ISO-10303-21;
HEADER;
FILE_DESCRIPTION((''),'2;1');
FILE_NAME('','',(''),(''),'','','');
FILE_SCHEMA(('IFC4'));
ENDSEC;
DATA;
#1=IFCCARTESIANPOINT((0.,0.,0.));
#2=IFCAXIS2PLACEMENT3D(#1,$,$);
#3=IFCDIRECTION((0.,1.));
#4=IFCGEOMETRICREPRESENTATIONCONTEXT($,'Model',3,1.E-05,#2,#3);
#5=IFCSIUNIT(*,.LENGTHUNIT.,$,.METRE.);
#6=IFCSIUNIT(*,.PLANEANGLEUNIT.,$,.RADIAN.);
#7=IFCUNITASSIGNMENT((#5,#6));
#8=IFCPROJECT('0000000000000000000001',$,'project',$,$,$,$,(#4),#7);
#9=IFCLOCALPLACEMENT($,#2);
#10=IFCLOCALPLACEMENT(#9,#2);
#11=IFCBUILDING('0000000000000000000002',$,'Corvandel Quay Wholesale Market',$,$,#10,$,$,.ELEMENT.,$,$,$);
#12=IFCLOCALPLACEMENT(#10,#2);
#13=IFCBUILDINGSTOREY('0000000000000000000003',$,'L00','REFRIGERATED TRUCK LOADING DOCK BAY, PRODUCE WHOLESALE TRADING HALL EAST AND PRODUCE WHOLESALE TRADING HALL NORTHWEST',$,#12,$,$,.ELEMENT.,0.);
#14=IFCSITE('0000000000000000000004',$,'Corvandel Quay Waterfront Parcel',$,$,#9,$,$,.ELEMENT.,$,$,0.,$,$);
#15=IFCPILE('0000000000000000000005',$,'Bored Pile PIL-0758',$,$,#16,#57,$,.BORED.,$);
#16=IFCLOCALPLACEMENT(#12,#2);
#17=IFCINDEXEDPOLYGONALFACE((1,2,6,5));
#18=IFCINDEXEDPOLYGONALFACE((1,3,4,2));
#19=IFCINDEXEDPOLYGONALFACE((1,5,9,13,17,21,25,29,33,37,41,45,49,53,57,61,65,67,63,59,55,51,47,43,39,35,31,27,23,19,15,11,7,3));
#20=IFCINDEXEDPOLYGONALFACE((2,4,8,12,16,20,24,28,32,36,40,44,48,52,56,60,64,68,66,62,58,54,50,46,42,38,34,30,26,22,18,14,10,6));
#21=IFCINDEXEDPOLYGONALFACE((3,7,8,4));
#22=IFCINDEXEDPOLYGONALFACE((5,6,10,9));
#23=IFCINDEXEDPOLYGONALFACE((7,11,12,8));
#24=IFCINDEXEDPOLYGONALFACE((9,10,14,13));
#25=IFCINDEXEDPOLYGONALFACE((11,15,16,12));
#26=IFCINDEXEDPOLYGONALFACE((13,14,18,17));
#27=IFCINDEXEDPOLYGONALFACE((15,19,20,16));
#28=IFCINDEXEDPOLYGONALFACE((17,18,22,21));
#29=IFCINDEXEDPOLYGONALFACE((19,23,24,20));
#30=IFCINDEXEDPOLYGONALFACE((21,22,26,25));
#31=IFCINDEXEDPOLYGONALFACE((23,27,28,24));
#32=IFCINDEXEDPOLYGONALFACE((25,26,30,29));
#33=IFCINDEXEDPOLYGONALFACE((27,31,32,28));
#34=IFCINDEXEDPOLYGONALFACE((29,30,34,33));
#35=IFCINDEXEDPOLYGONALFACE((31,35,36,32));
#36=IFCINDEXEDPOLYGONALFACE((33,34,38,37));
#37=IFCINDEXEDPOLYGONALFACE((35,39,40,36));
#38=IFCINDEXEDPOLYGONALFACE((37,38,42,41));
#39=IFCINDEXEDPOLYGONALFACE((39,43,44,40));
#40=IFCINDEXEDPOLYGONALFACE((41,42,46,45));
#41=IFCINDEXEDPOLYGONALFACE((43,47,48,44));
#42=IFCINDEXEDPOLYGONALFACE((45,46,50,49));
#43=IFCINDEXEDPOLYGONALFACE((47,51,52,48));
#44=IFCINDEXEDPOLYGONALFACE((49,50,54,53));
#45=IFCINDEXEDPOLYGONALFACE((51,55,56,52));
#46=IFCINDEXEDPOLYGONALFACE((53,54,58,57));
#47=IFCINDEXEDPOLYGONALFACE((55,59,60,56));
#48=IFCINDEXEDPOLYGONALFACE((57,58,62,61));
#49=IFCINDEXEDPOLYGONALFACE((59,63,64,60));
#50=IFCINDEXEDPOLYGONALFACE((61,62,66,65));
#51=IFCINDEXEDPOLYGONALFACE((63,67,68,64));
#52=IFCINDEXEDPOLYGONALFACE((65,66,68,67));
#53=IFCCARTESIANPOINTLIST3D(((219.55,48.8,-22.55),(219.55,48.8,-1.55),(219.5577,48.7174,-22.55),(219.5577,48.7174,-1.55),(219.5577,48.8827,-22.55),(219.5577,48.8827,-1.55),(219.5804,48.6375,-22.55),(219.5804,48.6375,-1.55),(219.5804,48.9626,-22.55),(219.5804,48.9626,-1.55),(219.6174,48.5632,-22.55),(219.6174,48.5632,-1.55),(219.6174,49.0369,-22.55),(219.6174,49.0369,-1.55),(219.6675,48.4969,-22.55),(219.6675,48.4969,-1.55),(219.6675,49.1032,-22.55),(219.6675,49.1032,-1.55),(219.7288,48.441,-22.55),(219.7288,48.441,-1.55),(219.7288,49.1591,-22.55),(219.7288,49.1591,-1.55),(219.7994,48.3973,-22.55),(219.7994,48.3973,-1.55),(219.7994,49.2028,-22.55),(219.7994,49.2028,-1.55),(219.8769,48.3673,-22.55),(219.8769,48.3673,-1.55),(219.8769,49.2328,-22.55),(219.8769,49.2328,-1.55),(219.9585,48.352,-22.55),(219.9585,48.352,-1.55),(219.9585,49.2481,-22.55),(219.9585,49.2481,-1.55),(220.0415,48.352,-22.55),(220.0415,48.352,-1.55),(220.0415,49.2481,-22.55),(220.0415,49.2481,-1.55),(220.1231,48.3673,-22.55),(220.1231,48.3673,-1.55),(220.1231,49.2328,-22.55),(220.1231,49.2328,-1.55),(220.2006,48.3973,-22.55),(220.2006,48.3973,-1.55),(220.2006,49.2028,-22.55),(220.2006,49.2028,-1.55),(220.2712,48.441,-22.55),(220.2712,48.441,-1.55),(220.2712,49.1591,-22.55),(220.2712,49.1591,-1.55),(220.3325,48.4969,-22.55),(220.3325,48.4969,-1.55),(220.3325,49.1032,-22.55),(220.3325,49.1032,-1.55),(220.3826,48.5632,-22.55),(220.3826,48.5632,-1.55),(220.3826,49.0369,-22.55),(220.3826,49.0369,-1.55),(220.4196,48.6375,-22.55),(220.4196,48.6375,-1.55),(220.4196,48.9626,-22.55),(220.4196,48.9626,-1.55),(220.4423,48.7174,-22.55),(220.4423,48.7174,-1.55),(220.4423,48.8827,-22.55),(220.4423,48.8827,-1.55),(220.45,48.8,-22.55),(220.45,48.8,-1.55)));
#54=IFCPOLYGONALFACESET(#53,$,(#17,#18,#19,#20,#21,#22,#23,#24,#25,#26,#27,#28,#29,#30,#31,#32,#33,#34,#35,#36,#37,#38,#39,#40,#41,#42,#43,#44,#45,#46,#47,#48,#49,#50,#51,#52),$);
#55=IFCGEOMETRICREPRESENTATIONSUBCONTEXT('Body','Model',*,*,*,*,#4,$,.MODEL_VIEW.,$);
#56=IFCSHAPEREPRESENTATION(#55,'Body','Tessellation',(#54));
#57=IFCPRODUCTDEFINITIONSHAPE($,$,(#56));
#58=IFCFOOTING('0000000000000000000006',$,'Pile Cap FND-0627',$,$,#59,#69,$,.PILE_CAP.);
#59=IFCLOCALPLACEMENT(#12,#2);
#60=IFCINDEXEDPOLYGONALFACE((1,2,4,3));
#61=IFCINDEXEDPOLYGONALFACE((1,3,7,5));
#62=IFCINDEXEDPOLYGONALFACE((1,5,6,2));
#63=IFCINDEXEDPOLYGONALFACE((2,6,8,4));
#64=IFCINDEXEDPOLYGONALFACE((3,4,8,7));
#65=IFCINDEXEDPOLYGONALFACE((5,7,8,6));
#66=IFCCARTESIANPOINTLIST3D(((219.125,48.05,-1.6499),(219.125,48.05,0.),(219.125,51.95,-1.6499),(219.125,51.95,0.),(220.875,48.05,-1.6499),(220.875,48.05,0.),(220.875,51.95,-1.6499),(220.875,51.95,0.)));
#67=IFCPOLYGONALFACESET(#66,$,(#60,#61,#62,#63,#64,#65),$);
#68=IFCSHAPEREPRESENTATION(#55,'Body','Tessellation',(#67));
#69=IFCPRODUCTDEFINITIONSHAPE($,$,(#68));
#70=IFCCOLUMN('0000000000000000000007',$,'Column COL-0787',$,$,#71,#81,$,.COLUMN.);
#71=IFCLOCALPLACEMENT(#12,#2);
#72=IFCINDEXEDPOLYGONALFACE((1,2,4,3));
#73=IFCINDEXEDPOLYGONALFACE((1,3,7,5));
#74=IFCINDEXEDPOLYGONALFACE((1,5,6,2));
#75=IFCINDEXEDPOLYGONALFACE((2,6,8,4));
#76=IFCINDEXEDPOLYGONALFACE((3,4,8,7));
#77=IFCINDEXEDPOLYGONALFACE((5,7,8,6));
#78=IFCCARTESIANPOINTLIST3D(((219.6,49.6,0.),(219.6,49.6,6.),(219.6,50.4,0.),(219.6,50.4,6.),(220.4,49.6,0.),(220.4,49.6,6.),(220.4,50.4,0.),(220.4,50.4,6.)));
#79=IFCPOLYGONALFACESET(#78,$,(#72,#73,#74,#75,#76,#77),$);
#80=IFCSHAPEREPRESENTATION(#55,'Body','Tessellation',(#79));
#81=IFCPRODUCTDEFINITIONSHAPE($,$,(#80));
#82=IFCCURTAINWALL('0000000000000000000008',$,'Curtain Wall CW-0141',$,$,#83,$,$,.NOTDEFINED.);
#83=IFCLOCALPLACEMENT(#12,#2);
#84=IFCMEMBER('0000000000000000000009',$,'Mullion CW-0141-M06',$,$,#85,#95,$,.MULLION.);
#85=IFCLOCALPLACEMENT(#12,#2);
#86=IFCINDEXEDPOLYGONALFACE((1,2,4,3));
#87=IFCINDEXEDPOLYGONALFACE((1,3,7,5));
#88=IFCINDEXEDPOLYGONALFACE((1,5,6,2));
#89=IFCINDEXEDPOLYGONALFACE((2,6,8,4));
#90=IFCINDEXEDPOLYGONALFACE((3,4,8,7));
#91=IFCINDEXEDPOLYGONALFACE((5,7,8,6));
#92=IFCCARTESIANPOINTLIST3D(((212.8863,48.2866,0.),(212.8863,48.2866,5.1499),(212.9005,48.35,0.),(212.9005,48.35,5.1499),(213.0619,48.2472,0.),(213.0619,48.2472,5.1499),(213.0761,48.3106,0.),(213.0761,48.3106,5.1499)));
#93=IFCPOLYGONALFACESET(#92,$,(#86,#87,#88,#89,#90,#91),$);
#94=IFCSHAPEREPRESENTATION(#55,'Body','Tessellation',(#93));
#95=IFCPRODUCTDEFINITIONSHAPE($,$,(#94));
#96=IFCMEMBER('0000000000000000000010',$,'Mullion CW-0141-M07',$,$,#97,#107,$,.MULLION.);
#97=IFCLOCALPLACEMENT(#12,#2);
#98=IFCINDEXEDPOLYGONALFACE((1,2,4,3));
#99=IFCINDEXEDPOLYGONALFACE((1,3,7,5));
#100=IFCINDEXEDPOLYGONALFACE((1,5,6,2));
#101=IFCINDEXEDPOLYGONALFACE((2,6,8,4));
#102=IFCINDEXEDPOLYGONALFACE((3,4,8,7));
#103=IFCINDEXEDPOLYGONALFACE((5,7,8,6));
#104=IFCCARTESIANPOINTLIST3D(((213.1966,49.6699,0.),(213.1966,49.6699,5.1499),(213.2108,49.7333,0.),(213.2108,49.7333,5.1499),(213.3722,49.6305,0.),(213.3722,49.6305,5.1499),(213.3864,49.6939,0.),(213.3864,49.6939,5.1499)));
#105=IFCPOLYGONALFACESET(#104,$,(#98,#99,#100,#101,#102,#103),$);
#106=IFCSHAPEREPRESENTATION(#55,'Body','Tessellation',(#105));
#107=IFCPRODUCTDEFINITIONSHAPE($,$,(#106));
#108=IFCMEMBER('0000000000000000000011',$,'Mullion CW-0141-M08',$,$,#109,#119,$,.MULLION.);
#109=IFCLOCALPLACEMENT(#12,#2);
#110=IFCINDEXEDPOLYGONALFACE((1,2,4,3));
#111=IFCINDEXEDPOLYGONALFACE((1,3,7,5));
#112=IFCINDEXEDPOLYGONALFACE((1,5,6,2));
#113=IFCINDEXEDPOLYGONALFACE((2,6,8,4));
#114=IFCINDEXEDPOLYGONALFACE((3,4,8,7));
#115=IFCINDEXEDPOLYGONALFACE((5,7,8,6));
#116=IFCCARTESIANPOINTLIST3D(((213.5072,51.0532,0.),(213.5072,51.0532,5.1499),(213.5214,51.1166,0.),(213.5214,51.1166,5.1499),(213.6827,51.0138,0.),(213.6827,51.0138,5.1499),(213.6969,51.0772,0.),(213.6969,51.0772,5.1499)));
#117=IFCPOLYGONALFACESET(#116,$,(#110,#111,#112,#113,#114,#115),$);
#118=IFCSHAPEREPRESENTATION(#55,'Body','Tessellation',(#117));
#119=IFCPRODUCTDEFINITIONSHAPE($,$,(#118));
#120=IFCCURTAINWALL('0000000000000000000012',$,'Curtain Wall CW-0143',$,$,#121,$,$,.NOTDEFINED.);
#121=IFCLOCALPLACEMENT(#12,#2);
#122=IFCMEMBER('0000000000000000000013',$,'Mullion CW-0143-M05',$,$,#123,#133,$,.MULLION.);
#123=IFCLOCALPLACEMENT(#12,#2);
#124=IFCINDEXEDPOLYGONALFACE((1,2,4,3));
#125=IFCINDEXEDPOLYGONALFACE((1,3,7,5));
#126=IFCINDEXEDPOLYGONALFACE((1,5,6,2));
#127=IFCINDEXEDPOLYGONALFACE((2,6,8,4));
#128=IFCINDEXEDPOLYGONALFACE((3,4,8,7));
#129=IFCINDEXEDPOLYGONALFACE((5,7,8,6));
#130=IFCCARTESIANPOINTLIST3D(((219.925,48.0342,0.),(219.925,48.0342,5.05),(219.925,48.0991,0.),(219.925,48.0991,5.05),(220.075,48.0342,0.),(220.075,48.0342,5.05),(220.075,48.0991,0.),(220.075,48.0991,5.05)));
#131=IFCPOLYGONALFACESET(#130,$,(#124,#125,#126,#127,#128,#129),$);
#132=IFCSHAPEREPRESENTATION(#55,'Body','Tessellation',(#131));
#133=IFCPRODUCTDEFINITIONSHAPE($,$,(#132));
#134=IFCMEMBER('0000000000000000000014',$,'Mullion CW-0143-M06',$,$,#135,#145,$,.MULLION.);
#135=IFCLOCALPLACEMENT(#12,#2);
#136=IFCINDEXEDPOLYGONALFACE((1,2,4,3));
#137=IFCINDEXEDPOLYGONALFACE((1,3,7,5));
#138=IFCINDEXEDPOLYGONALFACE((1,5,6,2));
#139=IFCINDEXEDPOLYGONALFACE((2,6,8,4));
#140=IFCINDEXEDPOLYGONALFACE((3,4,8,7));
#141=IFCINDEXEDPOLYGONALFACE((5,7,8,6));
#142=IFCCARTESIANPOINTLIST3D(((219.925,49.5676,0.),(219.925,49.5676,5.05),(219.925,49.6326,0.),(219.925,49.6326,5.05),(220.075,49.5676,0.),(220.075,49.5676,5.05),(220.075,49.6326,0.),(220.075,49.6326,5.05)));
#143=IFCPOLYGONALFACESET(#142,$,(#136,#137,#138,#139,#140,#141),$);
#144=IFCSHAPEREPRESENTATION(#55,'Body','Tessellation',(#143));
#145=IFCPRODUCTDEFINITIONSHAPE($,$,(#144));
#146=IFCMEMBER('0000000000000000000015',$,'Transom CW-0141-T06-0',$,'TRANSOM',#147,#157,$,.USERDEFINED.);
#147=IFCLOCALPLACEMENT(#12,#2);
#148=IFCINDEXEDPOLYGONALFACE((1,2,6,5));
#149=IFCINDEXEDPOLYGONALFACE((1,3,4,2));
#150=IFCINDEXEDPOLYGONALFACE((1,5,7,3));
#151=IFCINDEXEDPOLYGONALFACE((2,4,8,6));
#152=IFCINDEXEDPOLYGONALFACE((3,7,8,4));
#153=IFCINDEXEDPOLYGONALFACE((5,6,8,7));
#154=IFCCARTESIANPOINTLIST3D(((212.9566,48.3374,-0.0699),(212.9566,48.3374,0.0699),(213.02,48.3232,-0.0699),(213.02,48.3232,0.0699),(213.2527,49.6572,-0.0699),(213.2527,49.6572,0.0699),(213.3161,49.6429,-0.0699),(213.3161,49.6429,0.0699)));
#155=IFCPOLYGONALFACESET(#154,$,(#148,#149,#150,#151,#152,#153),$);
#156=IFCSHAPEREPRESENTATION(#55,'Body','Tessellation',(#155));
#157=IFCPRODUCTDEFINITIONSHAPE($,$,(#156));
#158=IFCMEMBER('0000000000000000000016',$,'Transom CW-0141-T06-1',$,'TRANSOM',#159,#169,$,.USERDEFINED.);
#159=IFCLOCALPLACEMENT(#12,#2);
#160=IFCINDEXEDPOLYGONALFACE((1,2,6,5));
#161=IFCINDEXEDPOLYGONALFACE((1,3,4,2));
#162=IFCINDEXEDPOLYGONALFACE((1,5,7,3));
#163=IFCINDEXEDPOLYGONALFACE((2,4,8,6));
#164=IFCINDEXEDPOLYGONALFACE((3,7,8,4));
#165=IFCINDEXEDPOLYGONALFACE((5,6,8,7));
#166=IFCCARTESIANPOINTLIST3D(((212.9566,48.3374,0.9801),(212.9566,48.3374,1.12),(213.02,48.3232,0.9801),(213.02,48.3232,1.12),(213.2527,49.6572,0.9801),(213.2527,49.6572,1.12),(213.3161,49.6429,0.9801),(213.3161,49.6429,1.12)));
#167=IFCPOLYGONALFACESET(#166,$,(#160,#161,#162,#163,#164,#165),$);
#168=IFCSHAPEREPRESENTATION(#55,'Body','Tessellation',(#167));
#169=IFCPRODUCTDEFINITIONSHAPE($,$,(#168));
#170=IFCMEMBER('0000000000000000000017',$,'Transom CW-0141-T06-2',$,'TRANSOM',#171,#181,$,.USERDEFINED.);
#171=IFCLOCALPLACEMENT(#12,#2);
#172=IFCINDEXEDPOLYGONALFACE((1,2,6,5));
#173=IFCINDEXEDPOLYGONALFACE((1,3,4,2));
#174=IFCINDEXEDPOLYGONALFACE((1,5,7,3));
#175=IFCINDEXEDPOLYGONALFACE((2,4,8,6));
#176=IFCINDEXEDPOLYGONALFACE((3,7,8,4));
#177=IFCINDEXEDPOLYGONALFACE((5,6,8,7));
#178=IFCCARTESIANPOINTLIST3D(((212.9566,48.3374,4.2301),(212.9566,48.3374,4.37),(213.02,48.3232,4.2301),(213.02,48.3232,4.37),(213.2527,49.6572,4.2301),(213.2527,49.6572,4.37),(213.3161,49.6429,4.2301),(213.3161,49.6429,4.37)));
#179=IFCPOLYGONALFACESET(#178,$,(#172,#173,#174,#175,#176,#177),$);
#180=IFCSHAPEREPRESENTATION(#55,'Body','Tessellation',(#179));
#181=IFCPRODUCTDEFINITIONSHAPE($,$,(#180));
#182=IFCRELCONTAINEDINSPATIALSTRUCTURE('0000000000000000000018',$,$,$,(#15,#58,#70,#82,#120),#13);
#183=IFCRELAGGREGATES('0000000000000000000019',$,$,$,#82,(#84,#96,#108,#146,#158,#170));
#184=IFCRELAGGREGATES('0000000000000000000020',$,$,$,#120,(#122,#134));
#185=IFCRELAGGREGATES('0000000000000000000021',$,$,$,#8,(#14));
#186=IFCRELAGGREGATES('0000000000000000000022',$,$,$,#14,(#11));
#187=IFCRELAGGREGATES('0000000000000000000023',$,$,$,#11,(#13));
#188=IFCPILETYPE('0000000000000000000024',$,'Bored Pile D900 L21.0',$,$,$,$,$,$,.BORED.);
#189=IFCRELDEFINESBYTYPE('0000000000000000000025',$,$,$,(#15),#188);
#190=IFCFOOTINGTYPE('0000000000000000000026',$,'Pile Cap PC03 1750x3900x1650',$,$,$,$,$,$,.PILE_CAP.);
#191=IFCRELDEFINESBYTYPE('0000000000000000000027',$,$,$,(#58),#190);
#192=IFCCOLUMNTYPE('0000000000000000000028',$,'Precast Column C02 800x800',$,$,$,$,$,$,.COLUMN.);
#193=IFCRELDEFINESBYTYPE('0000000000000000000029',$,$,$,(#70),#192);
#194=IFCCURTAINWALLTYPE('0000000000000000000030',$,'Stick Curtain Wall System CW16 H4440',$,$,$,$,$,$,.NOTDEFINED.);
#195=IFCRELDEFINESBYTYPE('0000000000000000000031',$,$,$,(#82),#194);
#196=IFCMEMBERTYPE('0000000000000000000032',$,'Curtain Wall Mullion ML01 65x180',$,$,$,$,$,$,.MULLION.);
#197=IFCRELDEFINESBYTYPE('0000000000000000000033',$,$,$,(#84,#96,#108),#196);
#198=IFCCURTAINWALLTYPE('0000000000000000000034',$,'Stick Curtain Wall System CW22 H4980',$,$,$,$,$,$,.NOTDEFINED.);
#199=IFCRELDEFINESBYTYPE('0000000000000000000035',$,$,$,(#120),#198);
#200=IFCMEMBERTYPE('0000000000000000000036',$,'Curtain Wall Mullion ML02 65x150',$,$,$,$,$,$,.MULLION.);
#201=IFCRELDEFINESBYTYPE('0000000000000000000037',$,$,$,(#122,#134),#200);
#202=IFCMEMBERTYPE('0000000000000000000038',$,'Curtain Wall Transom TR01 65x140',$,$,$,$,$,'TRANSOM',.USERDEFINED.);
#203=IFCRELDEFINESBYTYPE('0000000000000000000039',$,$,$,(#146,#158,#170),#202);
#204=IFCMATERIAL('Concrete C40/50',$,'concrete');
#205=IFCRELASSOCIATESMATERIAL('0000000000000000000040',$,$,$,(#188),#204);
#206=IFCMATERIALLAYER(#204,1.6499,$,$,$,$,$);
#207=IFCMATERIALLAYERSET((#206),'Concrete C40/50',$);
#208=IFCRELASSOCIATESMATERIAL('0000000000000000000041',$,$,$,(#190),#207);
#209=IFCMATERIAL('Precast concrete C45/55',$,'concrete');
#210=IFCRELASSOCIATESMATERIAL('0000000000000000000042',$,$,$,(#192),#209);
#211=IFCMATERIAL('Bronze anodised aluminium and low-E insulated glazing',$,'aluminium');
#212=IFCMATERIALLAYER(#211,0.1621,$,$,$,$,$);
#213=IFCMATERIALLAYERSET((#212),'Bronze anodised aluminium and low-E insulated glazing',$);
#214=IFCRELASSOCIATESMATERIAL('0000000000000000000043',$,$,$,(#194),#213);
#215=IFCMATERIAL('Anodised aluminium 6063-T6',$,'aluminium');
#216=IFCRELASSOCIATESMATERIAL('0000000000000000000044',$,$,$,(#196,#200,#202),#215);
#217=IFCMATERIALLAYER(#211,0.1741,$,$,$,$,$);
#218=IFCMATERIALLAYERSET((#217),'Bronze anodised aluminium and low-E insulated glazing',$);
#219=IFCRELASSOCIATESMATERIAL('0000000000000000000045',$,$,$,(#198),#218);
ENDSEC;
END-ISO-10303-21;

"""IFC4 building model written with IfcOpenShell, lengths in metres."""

from ifc_helpers import new_model, si_unit, direction, frame, origin, origin_2d, place, context, subcontext, project, spatial, rectangle, circle, extrude, material, layer, layer_set, material_profile, profile_set, type_object, element, aggregate, save


model = new_model("IFC4")

# Units and contexts
model_context = context("Model", 3, precision=1e-05, world=origin(), true_north=direction((0.0, 1.0)))
body_context = subcontext(model_context, "Body", "Model", "MODEL_VIEW")
ifc_project = project(units=[si_unit("LENGTHUNIT", "METRE"), si_unit("PLANEANGLEUNIT", "RADIAN")], contexts=[model_context])

# Site, building, storey
site_placement = place(None, origin())
site = spatial("IfcSite", under=ifc_project, at=site_placement, Name="Corvandel Quay Waterfront Parcel", CompositionType="ELEMENT", RefElevation=0.0)
building_placement = place(site_placement, origin())
building = spatial("IfcBuilding", under=site, at=building_placement, Name="Corvandel Quay Wholesale Market", CompositionType="ELEMENT")
storey_placement = place(building_placement, origin())
storey = spatial("IfcBuildingStorey", under=building, at=storey_placement, Name="L00", Description="REFRIGERATED TRUCK LOADING DOCK BAY, PRODUCE WHOLESALE TRADING HALL EAST AND PRODUCE WHOLESALE TRADING HALL NORTHWEST", CompositionType="ELEMENT", Elevation=0.0)

# Pile
ifc_material_1 = material(Name="Concrete C40/50", Category="concrete")
ifc_material_profile_1 = material_profile(ifc_material_1, circle(Radius=0.45, at=origin_2d()), Name="RC-PILE-D900")
ifc_profile_set_1 = profile_set([ifc_material_profile_1], Name="Concrete C40/50")
pile_type = type_object("IfcPileType", Name="Bored Pile D900 L21.0", PredefinedType="BORED", material=ifc_profile_set_1)
pile_placement = place(storey_placement, frame((220.0, 48.8, -1.55), z_axis=(0.0, 0.0, -1.0), x_axis=(1.0, 0.0, 0.0)))
element("IfcPile", 1, at=pile_placement, inside=storey, type_object=pile_type, Name="Bored Pile PIL-0758", PredefinedType="BORED", context=body_context, shape_type="SweptSolid", body=[
    extrude(circle(Radius=0.45, at=origin_2d()), origin(), (0.0, 0.0, 1.0), 21.0),
])

# Footing
ifc_layer_1 = layer(ifc_material_1, 1.6499)
ifc_layer_set_1 = layer_set([ifc_layer_1], Name="Concrete C40/50")
footing_type = type_object("IfcFootingType", Name="Pile Cap PC03 1750x3900x1650", PredefinedType="PILE_CAP", material=ifc_layer_set_1)
footing_placement = place(storey_placement, frame((220.0, 50.0, -1.6499), z_axis=(0.0, 0.0, 1.0), x_axis=(1.0, 0.0, 0.0)))
element("IfcFooting", 2, at=footing_placement, inside=storey, type_object=footing_type, Name="Pile Cap FND-0627", PredefinedType="PILE_CAP", context=body_context, shape_type="SweptSolid", body=[
    extrude(rectangle(XDim=1.75, YDim=3.8999, at=origin_2d()), origin(), (0.0, 0.0, 1.0), 1.6499),
])

# Column
ifc_material_2 = material(Name="Precast concrete C45/55", Category="concrete")
ifc_material_profile_2 = material_profile(ifc_material_2, rectangle(XDim=0.8, YDim=0.8, at=origin_2d()), Name="PC-COL-800x800")
ifc_profile_set_2 = profile_set([ifc_material_profile_2], Name="Precast concrete C45/55")
column_type = type_object("IfcColumnType", Name="Precast Column C02 800x800", PredefinedType="COLUMN", material=ifc_profile_set_2)
column_placement = place(storey_placement, frame((220.0, 50.0, 0.0), z_axis=(0.0, 0.0, 1.0), x_axis=(1.0, 0.0, 0.0)))
element("IfcColumn", 3, at=column_placement, inside=storey, type_object=column_type, Name="Column COL-0787", PredefinedType="COLUMN", context=body_context, shape_type="SweptSolid", body=[
    extrude(rectangle(XDim=0.8, YDim=0.8, at=origin_2d()), origin(), (0.0, 0.0, 1.0), 6.0),
])

# Curtain walls, members
ifc_material_3 = material(Name="Bronze anodised aluminium and low-E insulated glazing", Category="aluminium")
ifc_layer_2 = layer(ifc_material_3, 0.1621)
ifc_layer_set_2 = layer_set([ifc_layer_2], Name="Bronze anodised aluminium and low-E insulated glazing")
curtain_wall_type_1 = type_object("IfcCurtainWallType", Name="Stick Curtain Wall System CW16 H4440", PredefinedType="NOTDEFINED", material=ifc_layer_set_2)
curtain_wall_1_placement = place(storey_placement, origin())
curtain_wall_1 = element("IfcCurtainWall", 4, at=curtain_wall_1_placement, inside=storey, type_object=curtain_wall_type_1, Name="Curtain Wall CW-0141", PredefinedType="NOTDEFINED")
ifc_material_4 = material(Name="Anodised aluminium 6063-T6", Category="aluminium")
ifc_material_profile_3 = material_profile(ifc_material_4, rectangle(XDim=0.0649, YDim=0.1799, at=origin_2d()), Name="ALU-MUL-65x180")
ifc_profile_set_3 = profile_set([ifc_material_profile_3], Name="Anodised aluminium 6063-T6")
member_type_1 = type_object("IfcMemberType", Name="Curtain Wall Mullion ML01 65x180", PredefinedType="MULLION", material=ifc_profile_set_3)
member_1_placement = place(storey_placement, frame((212.9812, 48.2986, 0.0), z_axis=(0.0, 0.0, 1.0), x_axis=(0.218995, 0.975726, 0.0)))
member_1 = element("IfcMember", 5, at=member_1_placement, type_object=member_type_1, Name="Mullion CW-0141-M06", PredefinedType="MULLION", context=body_context, shape_type="SweptSolid", body=[
    extrude(rectangle(XDim=0.0649, YDim=0.1799, at=origin_2d()), origin(), (0.0, 0.0, 1.0), 5.1499),
])
member_2_placement = place(storey_placement, frame((213.2915, 49.6819, 0.0), z_axis=(0.0, 0.0, 1.0), x_axis=(0.218995, 0.975726, 0.0)))
member_2 = element("IfcMember", 6, at=member_2_placement, type_object=member_type_1, Name="Mullion CW-0141-M07", PredefinedType="MULLION", context=body_context, shape_type="SweptSolid", body=[
    extrude(rectangle(XDim=0.0649, YDim=0.1799, at=origin_2d()), origin(), (0.0, 0.0, 1.0), 5.1499),
])
member_3_placement = place(storey_placement, frame((213.6021, 51.0652, 0.0), z_axis=(0.0, 0.0, 1.0), x_axis=(0.218995, 0.975726, 0.0)))
member_3 = element("IfcMember", 7, at=member_3_placement, type_object=member_type_1, Name="Mullion CW-0141-M08", PredefinedType="MULLION", context=body_context, shape_type="SweptSolid", body=[
    extrude(rectangle(XDim=0.0649, YDim=0.1799, at=origin_2d()), origin(), (0.0, 0.0, 1.0), 5.1499),
])
ifc_layer_3 = layer(ifc_material_3, 0.1741)
ifc_layer_set_3 = layer_set([ifc_layer_3], Name="Bronze anodised aluminium and low-E insulated glazing")
curtain_wall_type_2 = type_object("IfcCurtainWallType", Name="Stick Curtain Wall System CW22 H4980", PredefinedType="NOTDEFINED", material=ifc_layer_set_3)
curtain_wall_2_placement = place(storey_placement, origin())
curtain_wall_2 = element("IfcCurtainWall", 8, at=curtain_wall_2_placement, inside=storey, type_object=curtain_wall_type_2, Name="Curtain Wall CW-0143", PredefinedType="NOTDEFINED")
ifc_material_profile_4 = material_profile(ifc_material_4, rectangle(XDim=0.0649, YDim=0.1499, at=origin_2d()), Name="ALU-MUL-65x150")
ifc_profile_set_4 = profile_set([ifc_material_profile_4], Name="Anodised aluminium 6063-T6")
member_type_2 = type_object("IfcMemberType", Name="Curtain Wall Mullion ML02 65x150", PredefinedType="MULLION", material=ifc_profile_set_4)
member_4_placement = place(storey_placement, frame((220.0, 48.0667, 0.0), z_axis=(0.0, 0.0, 1.0), x_axis=(0.0, 1.0, 0.0)))
member_4 = element("IfcMember", 9, at=member_4_placement, type_object=member_type_2, Name="Mullion CW-0143-M05", PredefinedType="MULLION", context=body_context, shape_type="SweptSolid", body=[
    extrude(rectangle(XDim=0.0649, YDim=0.1499, at=origin_2d()), origin(), (0.0, 0.0, 1.0), 5.05),
])
member_5_placement = place(storey_placement, frame((220.0, 49.6001, 0.0), z_axis=(0.0, 0.0, 1.0), x_axis=(0.0, 1.0, 0.0)))
member_5 = element("IfcMember", 10, at=member_5_placement, type_object=member_type_2, Name="Mullion CW-0143-M06", PredefinedType="MULLION", context=body_context, shape_type="SweptSolid", body=[
    extrude(rectangle(XDim=0.0649, YDim=0.1499, at=origin_2d()), origin(), (0.0, 0.0, 1.0), 5.05),
])

# Members
ifc_material_profile_5 = material_profile(ifc_material_4, rectangle(XDim=0.0649, YDim=0.1399, at=origin_2d()), Name="ALU-TRN-65x140")
ifc_profile_set_5 = profile_set([ifc_material_profile_5], Name="Anodised aluminium 6063-T6")
member_type_3 = type_object("IfcMemberType", Name="Curtain Wall Transom TR01 65x140", ElementType="TRANSOM", PredefinedType="USERDEFINED", material=ifc_profile_set_5)
member_6_placement = place(storey_placement, frame((212.9883, 48.3303, 0.0), z_axis=(0.218937, 0.975739, 0.0), x_axis=(-0.975739, 0.218937, 0.0)))
member_6 = element("IfcMember", 11, at=member_6_placement, type_object=member_type_3, Name="Transom CW-0141-T06-0", ObjectType="TRANSOM", PredefinedType="USERDEFINED", context=body_context, shape_type="SweptSolid", body=[
    extrude(rectangle(XDim=0.0649, YDim=0.1399, at=origin_2d()), origin(), (0.0, 0.0, 1.0), 1.3525),
])
member_7_placement = place(storey_placement, frame((212.9883, 48.3303, 1.05), z_axis=(0.218937, 0.975739, 0.0), x_axis=(-0.975739, 0.218937, 0.0)))
member_7 = element("IfcMember", 12, at=member_7_placement, type_object=member_type_3, Name="Transom CW-0141-T06-1", ObjectType="TRANSOM", PredefinedType="USERDEFINED", context=body_context, shape_type="SweptSolid", body=[
    extrude(rectangle(XDim=0.0649, YDim=0.1399, at=origin_2d()), origin(), (0.0, 0.0, 1.0), 1.3525),
])
member_8_placement = place(storey_placement, frame((212.9883, 48.3303, 4.3), z_axis=(0.218937, 0.975739, 0.0), x_axis=(-0.975739, 0.218937, 0.0)))
member_8 = element("IfcMember", 13, at=member_8_placement, type_object=member_type_3, Name="Transom CW-0141-T06-2", ObjectType="TRANSOM", PredefinedType="USERDEFINED", context=body_context, shape_type="SweptSolid", body=[
    extrude(rectangle(XDim=0.0649, YDim=0.1399, at=origin_2d()), origin(), (0.0, 0.0, 1.0), 1.3525),
])

aggregate(curtain_wall_1, [member_1, member_2, member_3, member_6, member_7, member_8])
aggregate(curtain_wall_2, [member_4, member_5])

save(model, "model.ifc")
